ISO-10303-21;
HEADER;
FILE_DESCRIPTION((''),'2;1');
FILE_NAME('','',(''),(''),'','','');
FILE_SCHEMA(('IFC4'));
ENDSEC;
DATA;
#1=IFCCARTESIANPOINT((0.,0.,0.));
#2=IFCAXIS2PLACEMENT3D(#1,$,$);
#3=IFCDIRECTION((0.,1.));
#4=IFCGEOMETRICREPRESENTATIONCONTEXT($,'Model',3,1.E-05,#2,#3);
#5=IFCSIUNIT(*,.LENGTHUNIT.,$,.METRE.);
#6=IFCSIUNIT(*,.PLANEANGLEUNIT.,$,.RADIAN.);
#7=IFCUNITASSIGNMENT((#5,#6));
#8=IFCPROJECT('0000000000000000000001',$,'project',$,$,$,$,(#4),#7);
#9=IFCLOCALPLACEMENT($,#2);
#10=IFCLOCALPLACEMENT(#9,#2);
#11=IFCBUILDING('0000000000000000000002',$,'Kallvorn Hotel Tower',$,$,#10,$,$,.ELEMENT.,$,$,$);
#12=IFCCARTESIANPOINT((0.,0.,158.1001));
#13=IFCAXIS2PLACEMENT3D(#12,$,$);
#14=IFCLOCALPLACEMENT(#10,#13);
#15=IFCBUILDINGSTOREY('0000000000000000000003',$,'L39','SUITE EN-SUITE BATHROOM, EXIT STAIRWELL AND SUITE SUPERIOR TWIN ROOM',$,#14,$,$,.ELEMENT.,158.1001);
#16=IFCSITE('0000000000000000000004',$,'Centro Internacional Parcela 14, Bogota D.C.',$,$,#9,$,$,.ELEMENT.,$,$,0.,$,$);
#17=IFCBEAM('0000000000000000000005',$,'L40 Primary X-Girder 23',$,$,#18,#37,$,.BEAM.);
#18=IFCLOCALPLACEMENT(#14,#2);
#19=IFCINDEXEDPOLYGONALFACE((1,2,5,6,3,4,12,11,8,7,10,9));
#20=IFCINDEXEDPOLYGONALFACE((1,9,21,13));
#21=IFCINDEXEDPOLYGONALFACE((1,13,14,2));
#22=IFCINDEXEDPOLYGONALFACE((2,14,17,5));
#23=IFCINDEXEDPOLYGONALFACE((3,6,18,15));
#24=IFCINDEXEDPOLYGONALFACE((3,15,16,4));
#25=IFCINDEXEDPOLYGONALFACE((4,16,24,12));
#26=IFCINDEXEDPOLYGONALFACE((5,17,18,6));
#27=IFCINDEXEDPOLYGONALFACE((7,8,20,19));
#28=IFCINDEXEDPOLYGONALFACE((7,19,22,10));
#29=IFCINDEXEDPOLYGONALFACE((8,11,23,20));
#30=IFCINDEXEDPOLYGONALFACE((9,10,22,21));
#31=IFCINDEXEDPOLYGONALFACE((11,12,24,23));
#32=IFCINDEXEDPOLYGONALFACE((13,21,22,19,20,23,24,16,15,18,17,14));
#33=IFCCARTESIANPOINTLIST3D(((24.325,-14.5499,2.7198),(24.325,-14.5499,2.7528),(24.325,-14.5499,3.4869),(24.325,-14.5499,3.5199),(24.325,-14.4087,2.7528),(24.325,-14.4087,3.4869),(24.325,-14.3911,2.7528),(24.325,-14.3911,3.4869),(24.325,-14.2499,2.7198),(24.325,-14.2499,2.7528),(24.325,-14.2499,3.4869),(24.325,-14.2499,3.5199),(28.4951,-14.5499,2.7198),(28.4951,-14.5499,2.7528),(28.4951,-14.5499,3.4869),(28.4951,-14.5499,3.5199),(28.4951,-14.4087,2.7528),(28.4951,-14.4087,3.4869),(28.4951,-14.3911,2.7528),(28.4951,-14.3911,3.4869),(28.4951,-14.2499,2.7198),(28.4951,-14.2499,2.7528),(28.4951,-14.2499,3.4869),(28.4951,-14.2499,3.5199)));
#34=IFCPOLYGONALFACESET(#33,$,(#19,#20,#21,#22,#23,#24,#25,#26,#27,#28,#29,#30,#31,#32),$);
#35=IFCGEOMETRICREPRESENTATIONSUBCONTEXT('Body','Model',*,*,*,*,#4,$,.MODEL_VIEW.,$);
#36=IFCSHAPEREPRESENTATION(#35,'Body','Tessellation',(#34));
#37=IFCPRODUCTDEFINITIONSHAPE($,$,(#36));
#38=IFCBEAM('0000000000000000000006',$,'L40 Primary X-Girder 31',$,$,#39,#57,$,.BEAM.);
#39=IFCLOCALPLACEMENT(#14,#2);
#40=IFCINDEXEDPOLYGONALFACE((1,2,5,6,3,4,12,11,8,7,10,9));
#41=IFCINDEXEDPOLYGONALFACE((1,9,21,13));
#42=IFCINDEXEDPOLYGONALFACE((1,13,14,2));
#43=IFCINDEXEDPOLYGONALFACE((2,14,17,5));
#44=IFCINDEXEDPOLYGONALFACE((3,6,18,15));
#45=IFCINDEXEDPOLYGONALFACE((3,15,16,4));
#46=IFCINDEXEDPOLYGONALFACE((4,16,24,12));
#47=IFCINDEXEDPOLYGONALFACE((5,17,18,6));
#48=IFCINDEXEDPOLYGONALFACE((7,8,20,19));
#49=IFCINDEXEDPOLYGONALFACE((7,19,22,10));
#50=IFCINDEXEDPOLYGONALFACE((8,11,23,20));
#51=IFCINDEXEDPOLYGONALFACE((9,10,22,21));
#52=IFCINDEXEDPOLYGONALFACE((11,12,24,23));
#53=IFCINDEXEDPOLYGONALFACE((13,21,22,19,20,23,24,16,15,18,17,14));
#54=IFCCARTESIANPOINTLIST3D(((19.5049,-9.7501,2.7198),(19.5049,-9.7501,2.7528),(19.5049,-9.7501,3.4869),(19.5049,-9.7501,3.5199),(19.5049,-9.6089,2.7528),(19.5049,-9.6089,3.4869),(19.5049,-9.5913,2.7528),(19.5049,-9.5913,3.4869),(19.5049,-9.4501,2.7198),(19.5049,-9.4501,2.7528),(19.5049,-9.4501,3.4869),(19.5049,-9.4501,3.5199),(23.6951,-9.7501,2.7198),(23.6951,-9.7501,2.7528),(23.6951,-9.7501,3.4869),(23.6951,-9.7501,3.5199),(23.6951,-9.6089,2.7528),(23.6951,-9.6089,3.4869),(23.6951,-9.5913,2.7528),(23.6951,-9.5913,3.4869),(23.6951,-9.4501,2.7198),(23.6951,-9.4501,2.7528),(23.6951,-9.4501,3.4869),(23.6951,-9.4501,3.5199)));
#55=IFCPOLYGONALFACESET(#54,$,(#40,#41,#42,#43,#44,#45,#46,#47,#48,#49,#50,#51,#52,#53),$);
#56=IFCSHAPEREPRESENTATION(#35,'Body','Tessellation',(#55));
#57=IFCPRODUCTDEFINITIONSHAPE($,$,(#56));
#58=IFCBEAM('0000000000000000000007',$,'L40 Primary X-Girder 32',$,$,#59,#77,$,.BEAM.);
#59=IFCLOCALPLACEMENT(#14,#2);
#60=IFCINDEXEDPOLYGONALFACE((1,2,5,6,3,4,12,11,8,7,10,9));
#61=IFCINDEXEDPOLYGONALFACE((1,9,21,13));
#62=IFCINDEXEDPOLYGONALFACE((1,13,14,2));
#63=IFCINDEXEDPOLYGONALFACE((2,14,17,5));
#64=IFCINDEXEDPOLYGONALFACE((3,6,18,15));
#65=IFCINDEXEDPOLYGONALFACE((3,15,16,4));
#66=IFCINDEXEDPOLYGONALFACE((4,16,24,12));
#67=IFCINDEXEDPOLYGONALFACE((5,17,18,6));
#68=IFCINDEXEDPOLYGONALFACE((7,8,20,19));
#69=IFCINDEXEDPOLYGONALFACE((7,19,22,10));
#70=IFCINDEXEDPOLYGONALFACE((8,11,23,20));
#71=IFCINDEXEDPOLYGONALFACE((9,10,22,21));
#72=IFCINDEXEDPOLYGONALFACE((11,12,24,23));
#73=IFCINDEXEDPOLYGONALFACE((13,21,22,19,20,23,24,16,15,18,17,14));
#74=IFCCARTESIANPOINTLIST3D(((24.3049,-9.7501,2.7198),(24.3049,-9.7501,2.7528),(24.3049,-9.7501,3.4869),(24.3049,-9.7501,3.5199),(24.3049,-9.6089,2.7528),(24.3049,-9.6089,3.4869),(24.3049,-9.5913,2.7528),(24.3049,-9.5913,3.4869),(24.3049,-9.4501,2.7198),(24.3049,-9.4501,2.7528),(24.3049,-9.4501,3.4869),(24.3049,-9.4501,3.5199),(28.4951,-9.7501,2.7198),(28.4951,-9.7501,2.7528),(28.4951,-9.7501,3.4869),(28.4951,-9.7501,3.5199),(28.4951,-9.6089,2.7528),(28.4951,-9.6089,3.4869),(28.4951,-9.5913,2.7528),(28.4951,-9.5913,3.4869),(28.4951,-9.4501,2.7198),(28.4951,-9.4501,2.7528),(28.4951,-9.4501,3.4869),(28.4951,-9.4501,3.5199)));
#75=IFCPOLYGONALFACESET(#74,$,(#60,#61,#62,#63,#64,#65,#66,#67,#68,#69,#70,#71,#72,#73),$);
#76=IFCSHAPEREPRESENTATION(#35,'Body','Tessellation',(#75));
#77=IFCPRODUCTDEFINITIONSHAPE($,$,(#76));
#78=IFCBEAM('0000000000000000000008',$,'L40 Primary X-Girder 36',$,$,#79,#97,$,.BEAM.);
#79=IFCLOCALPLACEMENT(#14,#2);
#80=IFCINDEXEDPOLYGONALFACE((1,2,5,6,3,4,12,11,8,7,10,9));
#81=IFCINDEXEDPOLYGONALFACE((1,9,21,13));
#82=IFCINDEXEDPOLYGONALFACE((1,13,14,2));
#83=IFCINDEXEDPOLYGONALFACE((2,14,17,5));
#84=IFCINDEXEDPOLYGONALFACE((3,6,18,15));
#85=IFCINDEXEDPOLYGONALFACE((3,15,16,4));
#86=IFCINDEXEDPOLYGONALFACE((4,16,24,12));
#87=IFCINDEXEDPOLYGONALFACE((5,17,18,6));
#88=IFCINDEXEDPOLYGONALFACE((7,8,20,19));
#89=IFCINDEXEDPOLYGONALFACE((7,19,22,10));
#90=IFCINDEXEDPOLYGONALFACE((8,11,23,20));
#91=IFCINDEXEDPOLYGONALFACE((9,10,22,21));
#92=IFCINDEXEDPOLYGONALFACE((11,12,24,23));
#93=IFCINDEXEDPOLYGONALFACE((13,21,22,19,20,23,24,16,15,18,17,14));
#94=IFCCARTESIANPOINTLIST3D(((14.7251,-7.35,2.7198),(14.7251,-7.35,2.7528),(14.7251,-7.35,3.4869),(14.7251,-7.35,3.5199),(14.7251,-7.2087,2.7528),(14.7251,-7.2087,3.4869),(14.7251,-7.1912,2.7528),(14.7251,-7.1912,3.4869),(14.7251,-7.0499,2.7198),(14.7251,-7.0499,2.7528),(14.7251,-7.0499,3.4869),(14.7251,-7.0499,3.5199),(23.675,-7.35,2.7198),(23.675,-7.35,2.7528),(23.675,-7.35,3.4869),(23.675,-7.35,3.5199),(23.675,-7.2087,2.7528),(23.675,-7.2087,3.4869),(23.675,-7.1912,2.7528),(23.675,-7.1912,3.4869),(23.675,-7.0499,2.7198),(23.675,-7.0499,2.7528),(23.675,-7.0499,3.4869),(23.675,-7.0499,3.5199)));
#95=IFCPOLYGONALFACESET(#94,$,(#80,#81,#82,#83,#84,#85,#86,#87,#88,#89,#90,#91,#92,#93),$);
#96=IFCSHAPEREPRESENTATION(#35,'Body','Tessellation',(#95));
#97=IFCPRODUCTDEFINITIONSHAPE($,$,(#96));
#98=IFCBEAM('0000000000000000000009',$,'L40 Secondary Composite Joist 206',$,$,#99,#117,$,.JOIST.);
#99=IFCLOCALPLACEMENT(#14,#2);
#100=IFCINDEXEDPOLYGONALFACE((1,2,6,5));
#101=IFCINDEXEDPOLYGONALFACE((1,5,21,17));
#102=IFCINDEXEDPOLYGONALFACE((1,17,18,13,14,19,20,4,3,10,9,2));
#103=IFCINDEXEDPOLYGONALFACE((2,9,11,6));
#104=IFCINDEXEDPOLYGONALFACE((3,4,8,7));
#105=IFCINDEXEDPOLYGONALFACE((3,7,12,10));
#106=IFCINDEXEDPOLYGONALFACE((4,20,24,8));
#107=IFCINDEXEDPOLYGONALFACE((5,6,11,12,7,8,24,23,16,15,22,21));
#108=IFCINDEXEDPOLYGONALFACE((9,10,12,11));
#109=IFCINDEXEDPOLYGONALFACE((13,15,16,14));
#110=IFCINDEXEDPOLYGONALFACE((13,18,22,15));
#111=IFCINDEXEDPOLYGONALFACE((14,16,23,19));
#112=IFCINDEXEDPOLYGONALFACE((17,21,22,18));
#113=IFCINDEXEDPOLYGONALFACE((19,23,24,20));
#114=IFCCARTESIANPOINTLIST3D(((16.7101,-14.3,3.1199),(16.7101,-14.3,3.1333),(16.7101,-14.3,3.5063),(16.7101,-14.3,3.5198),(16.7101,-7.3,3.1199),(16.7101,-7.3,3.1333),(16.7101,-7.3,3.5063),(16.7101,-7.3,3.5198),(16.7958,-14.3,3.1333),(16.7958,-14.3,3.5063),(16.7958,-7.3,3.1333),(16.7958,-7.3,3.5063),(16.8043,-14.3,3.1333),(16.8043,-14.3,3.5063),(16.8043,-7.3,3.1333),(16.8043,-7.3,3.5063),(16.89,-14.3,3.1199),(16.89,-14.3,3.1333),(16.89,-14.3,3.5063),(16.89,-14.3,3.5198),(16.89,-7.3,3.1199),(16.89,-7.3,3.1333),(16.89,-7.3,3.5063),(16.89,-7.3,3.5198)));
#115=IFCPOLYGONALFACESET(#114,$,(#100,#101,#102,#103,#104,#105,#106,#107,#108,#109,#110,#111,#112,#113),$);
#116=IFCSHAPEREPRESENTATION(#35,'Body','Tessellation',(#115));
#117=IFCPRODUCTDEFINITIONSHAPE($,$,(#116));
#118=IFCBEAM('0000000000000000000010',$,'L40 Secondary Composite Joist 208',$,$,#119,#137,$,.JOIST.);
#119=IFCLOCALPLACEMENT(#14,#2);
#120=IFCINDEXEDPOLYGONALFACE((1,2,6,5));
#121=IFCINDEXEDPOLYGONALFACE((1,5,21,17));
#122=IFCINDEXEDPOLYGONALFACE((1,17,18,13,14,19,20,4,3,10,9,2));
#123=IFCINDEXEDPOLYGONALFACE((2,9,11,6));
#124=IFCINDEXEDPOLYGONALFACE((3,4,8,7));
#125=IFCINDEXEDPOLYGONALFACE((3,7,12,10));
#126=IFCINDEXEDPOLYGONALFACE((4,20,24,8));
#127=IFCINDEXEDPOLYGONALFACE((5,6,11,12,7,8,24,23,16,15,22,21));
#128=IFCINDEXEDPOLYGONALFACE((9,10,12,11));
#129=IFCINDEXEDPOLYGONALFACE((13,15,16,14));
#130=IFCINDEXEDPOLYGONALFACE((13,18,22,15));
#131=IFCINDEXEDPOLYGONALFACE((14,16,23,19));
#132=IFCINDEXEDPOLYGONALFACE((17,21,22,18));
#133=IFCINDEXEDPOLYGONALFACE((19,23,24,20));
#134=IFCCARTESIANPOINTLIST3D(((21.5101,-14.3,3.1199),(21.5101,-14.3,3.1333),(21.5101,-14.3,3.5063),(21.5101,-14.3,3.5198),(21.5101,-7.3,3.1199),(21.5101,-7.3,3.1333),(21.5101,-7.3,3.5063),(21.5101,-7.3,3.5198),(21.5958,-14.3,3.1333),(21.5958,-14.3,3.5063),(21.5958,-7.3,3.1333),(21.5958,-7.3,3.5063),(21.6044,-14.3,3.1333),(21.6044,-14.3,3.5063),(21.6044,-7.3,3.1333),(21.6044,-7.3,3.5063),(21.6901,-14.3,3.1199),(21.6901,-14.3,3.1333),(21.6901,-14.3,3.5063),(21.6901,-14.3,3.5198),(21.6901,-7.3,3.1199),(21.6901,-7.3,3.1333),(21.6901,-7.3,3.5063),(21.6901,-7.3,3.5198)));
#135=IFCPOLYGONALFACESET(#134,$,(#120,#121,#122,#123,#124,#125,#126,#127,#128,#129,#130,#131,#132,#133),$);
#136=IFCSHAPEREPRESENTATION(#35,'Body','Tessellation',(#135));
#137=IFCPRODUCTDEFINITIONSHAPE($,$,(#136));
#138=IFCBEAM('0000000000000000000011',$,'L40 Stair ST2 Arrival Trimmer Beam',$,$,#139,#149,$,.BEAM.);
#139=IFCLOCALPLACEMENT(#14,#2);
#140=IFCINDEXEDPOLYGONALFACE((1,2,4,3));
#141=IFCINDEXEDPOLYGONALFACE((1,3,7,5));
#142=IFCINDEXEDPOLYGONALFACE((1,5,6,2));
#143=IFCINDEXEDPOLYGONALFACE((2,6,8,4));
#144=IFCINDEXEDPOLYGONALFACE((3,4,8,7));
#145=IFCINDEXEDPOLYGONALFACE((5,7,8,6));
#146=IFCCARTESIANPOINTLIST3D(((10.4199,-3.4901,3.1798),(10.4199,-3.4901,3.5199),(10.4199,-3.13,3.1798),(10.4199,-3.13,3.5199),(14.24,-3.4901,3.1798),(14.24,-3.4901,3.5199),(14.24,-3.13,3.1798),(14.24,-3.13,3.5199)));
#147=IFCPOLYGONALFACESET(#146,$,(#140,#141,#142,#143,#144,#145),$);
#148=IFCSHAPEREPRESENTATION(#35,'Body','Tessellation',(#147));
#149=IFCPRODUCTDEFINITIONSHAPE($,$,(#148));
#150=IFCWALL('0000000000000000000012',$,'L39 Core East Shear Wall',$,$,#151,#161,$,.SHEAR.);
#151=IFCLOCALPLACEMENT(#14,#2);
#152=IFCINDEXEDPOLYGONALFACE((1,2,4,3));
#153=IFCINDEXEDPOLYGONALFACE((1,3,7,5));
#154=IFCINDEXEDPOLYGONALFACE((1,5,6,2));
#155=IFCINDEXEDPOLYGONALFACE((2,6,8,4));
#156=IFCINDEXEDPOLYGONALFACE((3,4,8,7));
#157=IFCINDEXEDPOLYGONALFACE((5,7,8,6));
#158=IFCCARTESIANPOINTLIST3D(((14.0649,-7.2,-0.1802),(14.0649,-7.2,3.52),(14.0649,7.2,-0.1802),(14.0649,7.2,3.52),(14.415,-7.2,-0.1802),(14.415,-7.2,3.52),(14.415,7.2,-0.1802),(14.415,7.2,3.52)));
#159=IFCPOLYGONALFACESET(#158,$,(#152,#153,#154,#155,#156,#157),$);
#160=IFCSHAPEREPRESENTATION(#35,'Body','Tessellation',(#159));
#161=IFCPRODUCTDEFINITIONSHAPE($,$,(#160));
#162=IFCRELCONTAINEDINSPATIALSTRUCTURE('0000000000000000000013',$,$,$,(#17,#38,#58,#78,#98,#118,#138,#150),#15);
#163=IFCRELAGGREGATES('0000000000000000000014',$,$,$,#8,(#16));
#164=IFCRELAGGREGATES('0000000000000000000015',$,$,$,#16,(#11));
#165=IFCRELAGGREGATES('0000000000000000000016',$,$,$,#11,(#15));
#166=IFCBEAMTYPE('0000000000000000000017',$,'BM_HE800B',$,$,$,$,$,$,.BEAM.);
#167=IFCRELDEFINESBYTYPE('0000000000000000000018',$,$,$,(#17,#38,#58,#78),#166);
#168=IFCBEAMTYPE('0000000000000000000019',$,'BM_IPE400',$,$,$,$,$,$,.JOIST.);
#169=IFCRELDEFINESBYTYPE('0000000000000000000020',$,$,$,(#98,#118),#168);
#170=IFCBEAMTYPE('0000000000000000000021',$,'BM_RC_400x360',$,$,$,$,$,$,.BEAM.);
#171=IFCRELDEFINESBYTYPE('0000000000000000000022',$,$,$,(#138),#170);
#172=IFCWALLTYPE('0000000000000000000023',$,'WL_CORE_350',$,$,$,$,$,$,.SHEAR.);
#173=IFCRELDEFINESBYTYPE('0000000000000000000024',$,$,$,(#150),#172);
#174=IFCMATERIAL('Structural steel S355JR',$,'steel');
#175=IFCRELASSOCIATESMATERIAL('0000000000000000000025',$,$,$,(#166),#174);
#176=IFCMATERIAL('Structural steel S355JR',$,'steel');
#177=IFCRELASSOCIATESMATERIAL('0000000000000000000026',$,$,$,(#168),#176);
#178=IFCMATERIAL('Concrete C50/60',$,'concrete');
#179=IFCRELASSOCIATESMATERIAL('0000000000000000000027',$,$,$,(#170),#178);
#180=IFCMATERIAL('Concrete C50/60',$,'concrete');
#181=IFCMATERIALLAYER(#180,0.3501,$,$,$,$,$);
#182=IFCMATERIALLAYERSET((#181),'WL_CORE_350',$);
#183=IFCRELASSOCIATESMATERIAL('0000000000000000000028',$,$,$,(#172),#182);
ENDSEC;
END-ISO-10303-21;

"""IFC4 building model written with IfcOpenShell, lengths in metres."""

from ifc_helpers import new_model, si_unit, direction, frame, frame_2d, origin, origin_2d, place, context, subcontext, project, spatial, rectangle, i_section, extrude, material, layer, layer_set, material_profile, profile_set, type_object, element, save


model = new_model("IFC4")

# Units and contexts
model_context = context("Model", 3, precision=1e-05, world=origin(), true_north=direction((0.0, 1.0)))
body_context = subcontext(model_context, "Body", "Model", "MODEL_VIEW")
ifc_project = project(units=[si_unit("LENGTHUNIT", "METRE"), si_unit("PLANEANGLEUNIT", "RADIAN")], contexts=[model_context])

# Site, building, storey
site_placement = place(None, origin())
site = spatial("IfcSite", under=ifc_project, at=site_placement, Name="Centro Internacional Parcela 14, Bogota D.C.", CompositionType="ELEMENT", RefElevation=0.0)
building_placement = place(site_placement, origin())
building = spatial("IfcBuilding", under=site, at=building_placement, Name="Kallvorn Hotel Tower", CompositionType="ELEMENT")
storey_placement = place(building_placement, frame((0.0, 0.0, 158.1001)))
storey = spatial("IfcBuildingStorey", under=building, at=storey_placement, Name="L39", Description="SUITE EN-SUITE BATHROOM, EXIT STAIRWELL AND SUITE SUPERIOR TWIN ROOM", CompositionType="ELEMENT", Elevation=158.1001)

# Beams
ifc_material_1 = material(Name="Structural steel S355JR", Category="steel")
ifc_material_profile_1 = material_profile(ifc_material_1, i_section(OverallWidth=0.3, OverallDepth=0.8, WebThickness=0.0176, FlangeThickness=0.033, at=origin_2d()), Name="HE 800 B")
ifc_profile_set_1 = profile_set([ifc_material_profile_1], Name="Structural steel S355JR")
beam_type_1 = type_object("IfcBeamType", Name="BM_HE800B", PredefinedType="BEAM", material=ifc_profile_set_1)
for number, where, z_axis, x_axis, name in (
    (1, (24.325, -14.3999, 3.1199), (1.0, 0.0, 0.0), (0.0, 1.0, 0.0), "L40 Primary X-Girder 23"),
):
    element("IfcBeam", number, at=place(storey_placement, frame(where, z_axis=z_axis, x_axis=x_axis)), inside=storey, type_object=beam_type_1, Name=name, PredefinedType="BEAM", context=body_context, shape_type="SweptSolid", body=[
        extrude(i_section(OverallWidth=0.3, OverallDepth=0.8, WebThickness=0.0176, FlangeThickness=0.033, at=origin_2d()), origin(), (0.0, 0.0, 1.0), 4.1702),
    ])
for number, where, z_axis, x_axis, name in (
    (2, (19.5049, -9.6001, 3.1199), (1.0, 0.0, 0.0), (0.0, 1.0, 0.0), "L40 Primary X-Girder 31"),
    (3, (24.3049, -9.6001, 3.1199), (1.0, 0.0, 0.0), (0.0, 1.0, 0.0), "L40 Primary X-Girder 32"),
):
    element("IfcBeam", number, at=place(storey_placement, frame(where, z_axis=z_axis, x_axis=x_axis)), inside=storey, type_object=beam_type_1, Name=name, PredefinedType="BEAM", context=body_context, shape_type="SweptSolid", body=[
        extrude(i_section(OverallWidth=0.3, OverallDepth=0.8, WebThickness=0.0176, FlangeThickness=0.033, at=origin_2d()), origin(), (0.0, 0.0, 1.0), 4.1902),
    ])
beam_1_placement = place(storey_placement, frame((14.7251, -7.2, 3.1199), z_axis=(1.0, 0.0, 0.0), x_axis=(0.0, 1.0, 0.0)))
element("IfcBeam", 4, at=beam_1_placement, inside=storey, type_object=beam_type_1, Name="L40 Primary X-Girder 36", PredefinedType="BEAM", context=body_context, shape_type="SweptSolid", body=[
    extrude(i_section(OverallWidth=0.3, OverallDepth=0.8, WebThickness=0.0176, FlangeThickness=0.033, at=origin_2d()), origin(), (0.0, 0.0, 1.0), 8.95),
])
ifc_material_2 = material(Name="Structural steel S355JR", Category="steel")
ifc_material_profile_2 = material_profile(ifc_material_2, i_section(OverallWidth=0.1799, OverallDepth=0.3999, WebThickness=0.0085, FlangeThickness=0.0134, at=origin_2d()), Name="IPE 400")
ifc_profile_set_2 = profile_set([ifc_material_profile_2], Name="Structural steel S355JR")
beam_type_2 = type_object("IfcBeamType", Name="BM_IPE400", PredefinedType="JOIST", material=ifc_profile_set_2)
for number, where, z_axis, x_axis, name in (
    (5, (16.8, -14.3, 3.3198), (0.0, 1.0, 0.0), (-1.0, 0.0, 0.0), "L40 Secondary Composite Joist 206"),
    (6, (21.6001, -14.3, 3.3198), (0.0, 1.0, 0.0), (-1.0, 0.0, 0.0), "L40 Secondary Composite Joist 208"),
):
    element("IfcBeam", number, at=place(storey_placement, frame(where, z_axis=z_axis, x_axis=x_axis)), inside=storey, type_object=beam_type_2, Name=name, PredefinedType="JOIST", context=body_context, shape_type="SweptSolid", body=[
        extrude(i_section(OverallWidth=0.1799, OverallDepth=0.3999, WebThickness=0.0085, FlangeThickness=0.0134, at=origin_2d()), origin(), (0.0, 0.0, 1.0), 7.0),
    ])
ifc_material_3 = material(Name="Concrete C50/60", Category="concrete")
ifc_material_profile_3 = material_profile(ifc_material_3, rectangle(XDim=0.3601, YDim=0.3401, at=origin_2d()), Name="RC 360x340")
ifc_profile_set_3 = profile_set([ifc_material_profile_3], Name="Concrete C50/60")
beam_type_3 = type_object("IfcBeamType", Name="BM_RC_400x360", PredefinedType="BEAM", material=ifc_profile_set_3)
beam_2_placement = place(storey_placement, frame((14.24, -3.3101, 3.3499), z_axis=(-1.0, 0.0, 0.0), x_axis=(0.0, -1.0, 0.0)))
element("IfcBeam", 7, at=beam_2_placement, inside=storey, type_object=beam_type_3, Name="L40 Stair ST2 Arrival Trimmer Beam", PredefinedType="BEAM", context=body_context, shape_type="SweptSolid", body=[
    extrude(rectangle(XDim=0.3601, YDim=0.3401, at=origin_2d()), origin(), (0.0, 0.0, 1.0), 3.8201),
])

# Wall
ifc_material_4 = material(Name="Concrete C50/60", Category="concrete")
ifc_layer = layer(ifc_material_4, 0.3501)
ifc_layer_set = layer_set([ifc_layer], Name="WL_CORE_350")
wall_type = type_object("IfcWallType", Name="WL_CORE_350", PredefinedType="SHEAR", material=ifc_layer_set)
wall_placement = place(storey_placement, frame((14.24, -7.2, -0.1802), z_axis=(0.0, 0.0, 1.0), x_axis=(0.0, 1.0, 0.0)))
element("IfcWall", 8, at=wall_placement, inside=storey, type_object=wall_type, Name="L39 Core East Shear Wall", PredefinedType="SHEAR", context=body_context, shape_type="SweptSolid", body=[
    extrude(rectangle(XDim=14.3999, YDim=0.3501, at=frame_2d((7.2, 0.0))), origin(), (0.0, 0.0, 1.0), 3.7002),
])

save(model, "model.ifc")
